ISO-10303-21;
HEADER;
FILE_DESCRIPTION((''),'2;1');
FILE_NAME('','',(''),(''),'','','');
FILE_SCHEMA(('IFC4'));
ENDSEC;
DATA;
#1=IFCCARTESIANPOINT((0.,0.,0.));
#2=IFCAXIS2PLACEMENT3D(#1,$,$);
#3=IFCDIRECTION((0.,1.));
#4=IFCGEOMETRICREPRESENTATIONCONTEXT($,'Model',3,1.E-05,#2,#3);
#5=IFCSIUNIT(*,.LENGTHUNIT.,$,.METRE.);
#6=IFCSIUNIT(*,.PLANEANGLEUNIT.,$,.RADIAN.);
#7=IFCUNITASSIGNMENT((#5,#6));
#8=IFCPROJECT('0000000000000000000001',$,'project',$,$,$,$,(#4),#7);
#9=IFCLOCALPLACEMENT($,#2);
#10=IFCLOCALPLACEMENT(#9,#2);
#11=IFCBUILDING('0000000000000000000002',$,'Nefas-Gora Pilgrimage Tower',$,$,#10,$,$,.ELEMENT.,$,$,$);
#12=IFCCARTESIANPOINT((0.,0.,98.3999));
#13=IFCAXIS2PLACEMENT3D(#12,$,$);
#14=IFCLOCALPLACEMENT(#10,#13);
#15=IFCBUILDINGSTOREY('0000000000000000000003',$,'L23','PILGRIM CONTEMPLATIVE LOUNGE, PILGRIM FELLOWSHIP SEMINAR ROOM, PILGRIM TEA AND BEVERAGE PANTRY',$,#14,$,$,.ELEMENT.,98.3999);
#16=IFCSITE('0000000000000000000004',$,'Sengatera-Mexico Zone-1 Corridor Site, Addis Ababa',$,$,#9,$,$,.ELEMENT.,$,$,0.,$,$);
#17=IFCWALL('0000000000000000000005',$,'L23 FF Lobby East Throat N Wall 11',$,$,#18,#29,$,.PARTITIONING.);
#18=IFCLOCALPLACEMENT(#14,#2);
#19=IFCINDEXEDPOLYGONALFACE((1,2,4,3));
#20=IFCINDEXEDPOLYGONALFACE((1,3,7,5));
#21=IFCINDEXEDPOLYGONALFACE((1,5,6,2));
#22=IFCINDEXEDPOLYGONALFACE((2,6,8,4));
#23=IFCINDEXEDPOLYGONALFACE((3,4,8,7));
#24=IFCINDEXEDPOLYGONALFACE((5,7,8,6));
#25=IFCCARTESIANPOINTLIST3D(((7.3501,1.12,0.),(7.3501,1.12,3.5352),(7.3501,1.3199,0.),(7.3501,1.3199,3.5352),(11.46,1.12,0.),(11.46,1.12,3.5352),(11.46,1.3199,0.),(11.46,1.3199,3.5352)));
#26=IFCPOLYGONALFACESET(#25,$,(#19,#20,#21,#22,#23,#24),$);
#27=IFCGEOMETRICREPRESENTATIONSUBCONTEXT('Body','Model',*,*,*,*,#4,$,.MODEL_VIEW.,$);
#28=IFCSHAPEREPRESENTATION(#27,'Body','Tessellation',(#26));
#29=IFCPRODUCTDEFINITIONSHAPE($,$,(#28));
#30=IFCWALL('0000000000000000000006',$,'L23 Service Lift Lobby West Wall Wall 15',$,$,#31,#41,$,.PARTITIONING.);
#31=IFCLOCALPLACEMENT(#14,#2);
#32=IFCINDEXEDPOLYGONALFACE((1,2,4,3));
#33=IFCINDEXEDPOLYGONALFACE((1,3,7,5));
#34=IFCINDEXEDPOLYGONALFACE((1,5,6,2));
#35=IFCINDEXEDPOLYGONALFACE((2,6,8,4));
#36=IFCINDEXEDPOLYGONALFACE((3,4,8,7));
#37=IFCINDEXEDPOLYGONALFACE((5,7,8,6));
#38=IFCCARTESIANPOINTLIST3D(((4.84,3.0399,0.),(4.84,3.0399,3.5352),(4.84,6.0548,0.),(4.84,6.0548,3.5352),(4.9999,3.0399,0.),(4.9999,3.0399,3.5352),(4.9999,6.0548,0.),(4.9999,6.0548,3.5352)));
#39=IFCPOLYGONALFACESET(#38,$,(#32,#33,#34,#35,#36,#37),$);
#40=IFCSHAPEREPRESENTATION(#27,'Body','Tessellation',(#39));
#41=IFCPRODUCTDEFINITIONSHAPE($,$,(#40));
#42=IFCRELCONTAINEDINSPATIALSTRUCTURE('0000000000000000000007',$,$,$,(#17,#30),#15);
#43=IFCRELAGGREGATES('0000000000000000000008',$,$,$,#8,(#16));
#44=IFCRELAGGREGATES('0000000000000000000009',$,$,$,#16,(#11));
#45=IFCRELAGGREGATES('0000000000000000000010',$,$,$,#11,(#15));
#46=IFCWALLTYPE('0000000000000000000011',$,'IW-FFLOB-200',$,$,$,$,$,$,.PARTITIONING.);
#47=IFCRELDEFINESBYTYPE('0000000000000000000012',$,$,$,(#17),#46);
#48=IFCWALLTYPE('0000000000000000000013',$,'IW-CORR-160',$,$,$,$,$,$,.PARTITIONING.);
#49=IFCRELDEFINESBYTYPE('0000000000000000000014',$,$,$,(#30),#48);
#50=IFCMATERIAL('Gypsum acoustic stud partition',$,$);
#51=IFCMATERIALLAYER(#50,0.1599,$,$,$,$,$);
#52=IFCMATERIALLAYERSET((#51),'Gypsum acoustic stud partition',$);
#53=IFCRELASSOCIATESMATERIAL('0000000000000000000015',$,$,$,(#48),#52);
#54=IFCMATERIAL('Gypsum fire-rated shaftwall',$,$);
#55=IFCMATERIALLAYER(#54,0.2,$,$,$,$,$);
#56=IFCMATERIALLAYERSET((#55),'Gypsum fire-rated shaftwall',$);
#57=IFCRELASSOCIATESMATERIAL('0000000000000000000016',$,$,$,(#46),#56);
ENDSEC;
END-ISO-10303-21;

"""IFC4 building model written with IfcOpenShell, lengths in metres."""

from ifc_helpers import new_model, si_unit, direction, frame, frame_2d, origin, place, context, subcontext, project, spatial, rectangle, extrude, source, transform, mapped, material, layer, layer_set, type_object, element, save


model = new_model("IFC4")

# Units and contexts
model_context = context("Model", 3, precision=1e-05, world=origin(), true_north=direction((0.0, 1.0)))
body_context = subcontext(model_context, "Body", "Model", "MODEL_VIEW")
ifc_project = project(units=[si_unit("LENGTHUNIT", "METRE"), si_unit("PLANEANGLEUNIT", "RADIAN")], contexts=[model_context])

# Site, building, storey
site_placement = place(None, origin())
site = spatial("IfcSite", under=ifc_project, at=site_placement, Name="Sengatera-Mexico Zone-1 Corridor Site, Addis Ababa", CompositionType="ELEMENT", RefElevation=0.0)
building_placement = place(site_placement, origin())
building = spatial("IfcBuilding", under=site, at=building_placement, Name="Nefas-Gora Pilgrimage Tower", CompositionType="ELEMENT")
storey_placement = place(building_placement, frame((0.0, 0.0, 98.3999)))
storey = spatial("IfcBuildingStorey", under=building, at=storey_placement, Name="L23", Description="PILGRIM CONTEMPLATIVE LOUNGE, PILGRIM FELLOWSHIP SEMINAR ROOM, PILGRIM TEA AND BEVERAGE PANTRY", CompositionType="ELEMENT", Elevation=98.3999)

# Shared definitions
ifc_material_1 = material(Name="Gypsum acoustic stud partition")
ifc_layer_1 = layer(ifc_material_1, 0.1599)
ifc_layer_set_1 = layer_set([ifc_layer_1], Name="Gypsum acoustic stud partition")
wall_type_1 = type_object("IfcWallType", Name="IW-CORR-160", PredefinedType="PARTITIONING", material=ifc_layer_set_1)

# Shared definitions
ifc_material_2 = material(Name="Gypsum fire-rated shaftwall")
ifc_layer_2 = layer(ifc_material_2, 0.2)
ifc_layer_set_2 = layer_set([ifc_layer_2], Name="Gypsum fire-rated shaftwall")
wall_type_2 = type_object("IfcWallType", Name="IW-FFLOB-200", PredefinedType="PARTITIONING", material=ifc_layer_set_2)

# Walls
shared_shape_1 = source(origin(), body_context, "Body", "SweptSolid", [
    extrude(rectangle(XDim=4.1099, YDim=0.2, at=frame_2d((2.0549, 0.0))), origin(), (0.0, 0.0, 1.0), 3.5352),
])
wall_1_placement = place(storey_placement, frame((7.3501, 1.22, 0.0), z_axis=(0.0, 0.0, 1.0), x_axis=(1.0, 0.0, 0.0)))
element("IfcWall", 1, at=wall_1_placement, inside=storey, type_object=wall_type_2, Name="L23 FF Lobby East Throat N Wall 11", PredefinedType="PARTITIONING", context=body_context, shape_type="MappedRepresentation", body=[
    mapped(shared_shape_1, transform((0.0, 0.0, 0.0), x_axis=(1.0, 0.0, 0.0), y_axis=(0.0, 1.0, 0.0), z_axis=(0.0, 0.0, 1.0), scale=1.0)),
])
shared_shape_2 = source(origin(), body_context, "Body", "SweptSolid", [
    extrude(rectangle(XDim=3.0149, YDim=0.1599, at=frame_2d((1.5073, 0.0))), origin(), (0.0, 0.0, 1.0), 3.5352),
])
wall_2_placement = place(storey_placement, frame((4.9199, 3.04, 0.0), z_axis=(0.0, 0.0, 1.0), x_axis=(0.0, 1.0, 0.0)))
element("IfcWall", 2, at=wall_2_placement, inside=storey, type_object=wall_type_1, Name="L23 Service Lift Lobby West Wall Wall 15", PredefinedType="PARTITIONING", context=body_context, shape_type="MappedRepresentation", body=[
    mapped(shared_shape_2, transform((0.0, 0.0, 0.0), x_axis=(1.0, 0.0, 0.0), y_axis=(0.0, 1.0, 0.0), z_axis=(0.0, 0.0, 1.0), scale=1.0)),
])

save(model, "model.ifc")
